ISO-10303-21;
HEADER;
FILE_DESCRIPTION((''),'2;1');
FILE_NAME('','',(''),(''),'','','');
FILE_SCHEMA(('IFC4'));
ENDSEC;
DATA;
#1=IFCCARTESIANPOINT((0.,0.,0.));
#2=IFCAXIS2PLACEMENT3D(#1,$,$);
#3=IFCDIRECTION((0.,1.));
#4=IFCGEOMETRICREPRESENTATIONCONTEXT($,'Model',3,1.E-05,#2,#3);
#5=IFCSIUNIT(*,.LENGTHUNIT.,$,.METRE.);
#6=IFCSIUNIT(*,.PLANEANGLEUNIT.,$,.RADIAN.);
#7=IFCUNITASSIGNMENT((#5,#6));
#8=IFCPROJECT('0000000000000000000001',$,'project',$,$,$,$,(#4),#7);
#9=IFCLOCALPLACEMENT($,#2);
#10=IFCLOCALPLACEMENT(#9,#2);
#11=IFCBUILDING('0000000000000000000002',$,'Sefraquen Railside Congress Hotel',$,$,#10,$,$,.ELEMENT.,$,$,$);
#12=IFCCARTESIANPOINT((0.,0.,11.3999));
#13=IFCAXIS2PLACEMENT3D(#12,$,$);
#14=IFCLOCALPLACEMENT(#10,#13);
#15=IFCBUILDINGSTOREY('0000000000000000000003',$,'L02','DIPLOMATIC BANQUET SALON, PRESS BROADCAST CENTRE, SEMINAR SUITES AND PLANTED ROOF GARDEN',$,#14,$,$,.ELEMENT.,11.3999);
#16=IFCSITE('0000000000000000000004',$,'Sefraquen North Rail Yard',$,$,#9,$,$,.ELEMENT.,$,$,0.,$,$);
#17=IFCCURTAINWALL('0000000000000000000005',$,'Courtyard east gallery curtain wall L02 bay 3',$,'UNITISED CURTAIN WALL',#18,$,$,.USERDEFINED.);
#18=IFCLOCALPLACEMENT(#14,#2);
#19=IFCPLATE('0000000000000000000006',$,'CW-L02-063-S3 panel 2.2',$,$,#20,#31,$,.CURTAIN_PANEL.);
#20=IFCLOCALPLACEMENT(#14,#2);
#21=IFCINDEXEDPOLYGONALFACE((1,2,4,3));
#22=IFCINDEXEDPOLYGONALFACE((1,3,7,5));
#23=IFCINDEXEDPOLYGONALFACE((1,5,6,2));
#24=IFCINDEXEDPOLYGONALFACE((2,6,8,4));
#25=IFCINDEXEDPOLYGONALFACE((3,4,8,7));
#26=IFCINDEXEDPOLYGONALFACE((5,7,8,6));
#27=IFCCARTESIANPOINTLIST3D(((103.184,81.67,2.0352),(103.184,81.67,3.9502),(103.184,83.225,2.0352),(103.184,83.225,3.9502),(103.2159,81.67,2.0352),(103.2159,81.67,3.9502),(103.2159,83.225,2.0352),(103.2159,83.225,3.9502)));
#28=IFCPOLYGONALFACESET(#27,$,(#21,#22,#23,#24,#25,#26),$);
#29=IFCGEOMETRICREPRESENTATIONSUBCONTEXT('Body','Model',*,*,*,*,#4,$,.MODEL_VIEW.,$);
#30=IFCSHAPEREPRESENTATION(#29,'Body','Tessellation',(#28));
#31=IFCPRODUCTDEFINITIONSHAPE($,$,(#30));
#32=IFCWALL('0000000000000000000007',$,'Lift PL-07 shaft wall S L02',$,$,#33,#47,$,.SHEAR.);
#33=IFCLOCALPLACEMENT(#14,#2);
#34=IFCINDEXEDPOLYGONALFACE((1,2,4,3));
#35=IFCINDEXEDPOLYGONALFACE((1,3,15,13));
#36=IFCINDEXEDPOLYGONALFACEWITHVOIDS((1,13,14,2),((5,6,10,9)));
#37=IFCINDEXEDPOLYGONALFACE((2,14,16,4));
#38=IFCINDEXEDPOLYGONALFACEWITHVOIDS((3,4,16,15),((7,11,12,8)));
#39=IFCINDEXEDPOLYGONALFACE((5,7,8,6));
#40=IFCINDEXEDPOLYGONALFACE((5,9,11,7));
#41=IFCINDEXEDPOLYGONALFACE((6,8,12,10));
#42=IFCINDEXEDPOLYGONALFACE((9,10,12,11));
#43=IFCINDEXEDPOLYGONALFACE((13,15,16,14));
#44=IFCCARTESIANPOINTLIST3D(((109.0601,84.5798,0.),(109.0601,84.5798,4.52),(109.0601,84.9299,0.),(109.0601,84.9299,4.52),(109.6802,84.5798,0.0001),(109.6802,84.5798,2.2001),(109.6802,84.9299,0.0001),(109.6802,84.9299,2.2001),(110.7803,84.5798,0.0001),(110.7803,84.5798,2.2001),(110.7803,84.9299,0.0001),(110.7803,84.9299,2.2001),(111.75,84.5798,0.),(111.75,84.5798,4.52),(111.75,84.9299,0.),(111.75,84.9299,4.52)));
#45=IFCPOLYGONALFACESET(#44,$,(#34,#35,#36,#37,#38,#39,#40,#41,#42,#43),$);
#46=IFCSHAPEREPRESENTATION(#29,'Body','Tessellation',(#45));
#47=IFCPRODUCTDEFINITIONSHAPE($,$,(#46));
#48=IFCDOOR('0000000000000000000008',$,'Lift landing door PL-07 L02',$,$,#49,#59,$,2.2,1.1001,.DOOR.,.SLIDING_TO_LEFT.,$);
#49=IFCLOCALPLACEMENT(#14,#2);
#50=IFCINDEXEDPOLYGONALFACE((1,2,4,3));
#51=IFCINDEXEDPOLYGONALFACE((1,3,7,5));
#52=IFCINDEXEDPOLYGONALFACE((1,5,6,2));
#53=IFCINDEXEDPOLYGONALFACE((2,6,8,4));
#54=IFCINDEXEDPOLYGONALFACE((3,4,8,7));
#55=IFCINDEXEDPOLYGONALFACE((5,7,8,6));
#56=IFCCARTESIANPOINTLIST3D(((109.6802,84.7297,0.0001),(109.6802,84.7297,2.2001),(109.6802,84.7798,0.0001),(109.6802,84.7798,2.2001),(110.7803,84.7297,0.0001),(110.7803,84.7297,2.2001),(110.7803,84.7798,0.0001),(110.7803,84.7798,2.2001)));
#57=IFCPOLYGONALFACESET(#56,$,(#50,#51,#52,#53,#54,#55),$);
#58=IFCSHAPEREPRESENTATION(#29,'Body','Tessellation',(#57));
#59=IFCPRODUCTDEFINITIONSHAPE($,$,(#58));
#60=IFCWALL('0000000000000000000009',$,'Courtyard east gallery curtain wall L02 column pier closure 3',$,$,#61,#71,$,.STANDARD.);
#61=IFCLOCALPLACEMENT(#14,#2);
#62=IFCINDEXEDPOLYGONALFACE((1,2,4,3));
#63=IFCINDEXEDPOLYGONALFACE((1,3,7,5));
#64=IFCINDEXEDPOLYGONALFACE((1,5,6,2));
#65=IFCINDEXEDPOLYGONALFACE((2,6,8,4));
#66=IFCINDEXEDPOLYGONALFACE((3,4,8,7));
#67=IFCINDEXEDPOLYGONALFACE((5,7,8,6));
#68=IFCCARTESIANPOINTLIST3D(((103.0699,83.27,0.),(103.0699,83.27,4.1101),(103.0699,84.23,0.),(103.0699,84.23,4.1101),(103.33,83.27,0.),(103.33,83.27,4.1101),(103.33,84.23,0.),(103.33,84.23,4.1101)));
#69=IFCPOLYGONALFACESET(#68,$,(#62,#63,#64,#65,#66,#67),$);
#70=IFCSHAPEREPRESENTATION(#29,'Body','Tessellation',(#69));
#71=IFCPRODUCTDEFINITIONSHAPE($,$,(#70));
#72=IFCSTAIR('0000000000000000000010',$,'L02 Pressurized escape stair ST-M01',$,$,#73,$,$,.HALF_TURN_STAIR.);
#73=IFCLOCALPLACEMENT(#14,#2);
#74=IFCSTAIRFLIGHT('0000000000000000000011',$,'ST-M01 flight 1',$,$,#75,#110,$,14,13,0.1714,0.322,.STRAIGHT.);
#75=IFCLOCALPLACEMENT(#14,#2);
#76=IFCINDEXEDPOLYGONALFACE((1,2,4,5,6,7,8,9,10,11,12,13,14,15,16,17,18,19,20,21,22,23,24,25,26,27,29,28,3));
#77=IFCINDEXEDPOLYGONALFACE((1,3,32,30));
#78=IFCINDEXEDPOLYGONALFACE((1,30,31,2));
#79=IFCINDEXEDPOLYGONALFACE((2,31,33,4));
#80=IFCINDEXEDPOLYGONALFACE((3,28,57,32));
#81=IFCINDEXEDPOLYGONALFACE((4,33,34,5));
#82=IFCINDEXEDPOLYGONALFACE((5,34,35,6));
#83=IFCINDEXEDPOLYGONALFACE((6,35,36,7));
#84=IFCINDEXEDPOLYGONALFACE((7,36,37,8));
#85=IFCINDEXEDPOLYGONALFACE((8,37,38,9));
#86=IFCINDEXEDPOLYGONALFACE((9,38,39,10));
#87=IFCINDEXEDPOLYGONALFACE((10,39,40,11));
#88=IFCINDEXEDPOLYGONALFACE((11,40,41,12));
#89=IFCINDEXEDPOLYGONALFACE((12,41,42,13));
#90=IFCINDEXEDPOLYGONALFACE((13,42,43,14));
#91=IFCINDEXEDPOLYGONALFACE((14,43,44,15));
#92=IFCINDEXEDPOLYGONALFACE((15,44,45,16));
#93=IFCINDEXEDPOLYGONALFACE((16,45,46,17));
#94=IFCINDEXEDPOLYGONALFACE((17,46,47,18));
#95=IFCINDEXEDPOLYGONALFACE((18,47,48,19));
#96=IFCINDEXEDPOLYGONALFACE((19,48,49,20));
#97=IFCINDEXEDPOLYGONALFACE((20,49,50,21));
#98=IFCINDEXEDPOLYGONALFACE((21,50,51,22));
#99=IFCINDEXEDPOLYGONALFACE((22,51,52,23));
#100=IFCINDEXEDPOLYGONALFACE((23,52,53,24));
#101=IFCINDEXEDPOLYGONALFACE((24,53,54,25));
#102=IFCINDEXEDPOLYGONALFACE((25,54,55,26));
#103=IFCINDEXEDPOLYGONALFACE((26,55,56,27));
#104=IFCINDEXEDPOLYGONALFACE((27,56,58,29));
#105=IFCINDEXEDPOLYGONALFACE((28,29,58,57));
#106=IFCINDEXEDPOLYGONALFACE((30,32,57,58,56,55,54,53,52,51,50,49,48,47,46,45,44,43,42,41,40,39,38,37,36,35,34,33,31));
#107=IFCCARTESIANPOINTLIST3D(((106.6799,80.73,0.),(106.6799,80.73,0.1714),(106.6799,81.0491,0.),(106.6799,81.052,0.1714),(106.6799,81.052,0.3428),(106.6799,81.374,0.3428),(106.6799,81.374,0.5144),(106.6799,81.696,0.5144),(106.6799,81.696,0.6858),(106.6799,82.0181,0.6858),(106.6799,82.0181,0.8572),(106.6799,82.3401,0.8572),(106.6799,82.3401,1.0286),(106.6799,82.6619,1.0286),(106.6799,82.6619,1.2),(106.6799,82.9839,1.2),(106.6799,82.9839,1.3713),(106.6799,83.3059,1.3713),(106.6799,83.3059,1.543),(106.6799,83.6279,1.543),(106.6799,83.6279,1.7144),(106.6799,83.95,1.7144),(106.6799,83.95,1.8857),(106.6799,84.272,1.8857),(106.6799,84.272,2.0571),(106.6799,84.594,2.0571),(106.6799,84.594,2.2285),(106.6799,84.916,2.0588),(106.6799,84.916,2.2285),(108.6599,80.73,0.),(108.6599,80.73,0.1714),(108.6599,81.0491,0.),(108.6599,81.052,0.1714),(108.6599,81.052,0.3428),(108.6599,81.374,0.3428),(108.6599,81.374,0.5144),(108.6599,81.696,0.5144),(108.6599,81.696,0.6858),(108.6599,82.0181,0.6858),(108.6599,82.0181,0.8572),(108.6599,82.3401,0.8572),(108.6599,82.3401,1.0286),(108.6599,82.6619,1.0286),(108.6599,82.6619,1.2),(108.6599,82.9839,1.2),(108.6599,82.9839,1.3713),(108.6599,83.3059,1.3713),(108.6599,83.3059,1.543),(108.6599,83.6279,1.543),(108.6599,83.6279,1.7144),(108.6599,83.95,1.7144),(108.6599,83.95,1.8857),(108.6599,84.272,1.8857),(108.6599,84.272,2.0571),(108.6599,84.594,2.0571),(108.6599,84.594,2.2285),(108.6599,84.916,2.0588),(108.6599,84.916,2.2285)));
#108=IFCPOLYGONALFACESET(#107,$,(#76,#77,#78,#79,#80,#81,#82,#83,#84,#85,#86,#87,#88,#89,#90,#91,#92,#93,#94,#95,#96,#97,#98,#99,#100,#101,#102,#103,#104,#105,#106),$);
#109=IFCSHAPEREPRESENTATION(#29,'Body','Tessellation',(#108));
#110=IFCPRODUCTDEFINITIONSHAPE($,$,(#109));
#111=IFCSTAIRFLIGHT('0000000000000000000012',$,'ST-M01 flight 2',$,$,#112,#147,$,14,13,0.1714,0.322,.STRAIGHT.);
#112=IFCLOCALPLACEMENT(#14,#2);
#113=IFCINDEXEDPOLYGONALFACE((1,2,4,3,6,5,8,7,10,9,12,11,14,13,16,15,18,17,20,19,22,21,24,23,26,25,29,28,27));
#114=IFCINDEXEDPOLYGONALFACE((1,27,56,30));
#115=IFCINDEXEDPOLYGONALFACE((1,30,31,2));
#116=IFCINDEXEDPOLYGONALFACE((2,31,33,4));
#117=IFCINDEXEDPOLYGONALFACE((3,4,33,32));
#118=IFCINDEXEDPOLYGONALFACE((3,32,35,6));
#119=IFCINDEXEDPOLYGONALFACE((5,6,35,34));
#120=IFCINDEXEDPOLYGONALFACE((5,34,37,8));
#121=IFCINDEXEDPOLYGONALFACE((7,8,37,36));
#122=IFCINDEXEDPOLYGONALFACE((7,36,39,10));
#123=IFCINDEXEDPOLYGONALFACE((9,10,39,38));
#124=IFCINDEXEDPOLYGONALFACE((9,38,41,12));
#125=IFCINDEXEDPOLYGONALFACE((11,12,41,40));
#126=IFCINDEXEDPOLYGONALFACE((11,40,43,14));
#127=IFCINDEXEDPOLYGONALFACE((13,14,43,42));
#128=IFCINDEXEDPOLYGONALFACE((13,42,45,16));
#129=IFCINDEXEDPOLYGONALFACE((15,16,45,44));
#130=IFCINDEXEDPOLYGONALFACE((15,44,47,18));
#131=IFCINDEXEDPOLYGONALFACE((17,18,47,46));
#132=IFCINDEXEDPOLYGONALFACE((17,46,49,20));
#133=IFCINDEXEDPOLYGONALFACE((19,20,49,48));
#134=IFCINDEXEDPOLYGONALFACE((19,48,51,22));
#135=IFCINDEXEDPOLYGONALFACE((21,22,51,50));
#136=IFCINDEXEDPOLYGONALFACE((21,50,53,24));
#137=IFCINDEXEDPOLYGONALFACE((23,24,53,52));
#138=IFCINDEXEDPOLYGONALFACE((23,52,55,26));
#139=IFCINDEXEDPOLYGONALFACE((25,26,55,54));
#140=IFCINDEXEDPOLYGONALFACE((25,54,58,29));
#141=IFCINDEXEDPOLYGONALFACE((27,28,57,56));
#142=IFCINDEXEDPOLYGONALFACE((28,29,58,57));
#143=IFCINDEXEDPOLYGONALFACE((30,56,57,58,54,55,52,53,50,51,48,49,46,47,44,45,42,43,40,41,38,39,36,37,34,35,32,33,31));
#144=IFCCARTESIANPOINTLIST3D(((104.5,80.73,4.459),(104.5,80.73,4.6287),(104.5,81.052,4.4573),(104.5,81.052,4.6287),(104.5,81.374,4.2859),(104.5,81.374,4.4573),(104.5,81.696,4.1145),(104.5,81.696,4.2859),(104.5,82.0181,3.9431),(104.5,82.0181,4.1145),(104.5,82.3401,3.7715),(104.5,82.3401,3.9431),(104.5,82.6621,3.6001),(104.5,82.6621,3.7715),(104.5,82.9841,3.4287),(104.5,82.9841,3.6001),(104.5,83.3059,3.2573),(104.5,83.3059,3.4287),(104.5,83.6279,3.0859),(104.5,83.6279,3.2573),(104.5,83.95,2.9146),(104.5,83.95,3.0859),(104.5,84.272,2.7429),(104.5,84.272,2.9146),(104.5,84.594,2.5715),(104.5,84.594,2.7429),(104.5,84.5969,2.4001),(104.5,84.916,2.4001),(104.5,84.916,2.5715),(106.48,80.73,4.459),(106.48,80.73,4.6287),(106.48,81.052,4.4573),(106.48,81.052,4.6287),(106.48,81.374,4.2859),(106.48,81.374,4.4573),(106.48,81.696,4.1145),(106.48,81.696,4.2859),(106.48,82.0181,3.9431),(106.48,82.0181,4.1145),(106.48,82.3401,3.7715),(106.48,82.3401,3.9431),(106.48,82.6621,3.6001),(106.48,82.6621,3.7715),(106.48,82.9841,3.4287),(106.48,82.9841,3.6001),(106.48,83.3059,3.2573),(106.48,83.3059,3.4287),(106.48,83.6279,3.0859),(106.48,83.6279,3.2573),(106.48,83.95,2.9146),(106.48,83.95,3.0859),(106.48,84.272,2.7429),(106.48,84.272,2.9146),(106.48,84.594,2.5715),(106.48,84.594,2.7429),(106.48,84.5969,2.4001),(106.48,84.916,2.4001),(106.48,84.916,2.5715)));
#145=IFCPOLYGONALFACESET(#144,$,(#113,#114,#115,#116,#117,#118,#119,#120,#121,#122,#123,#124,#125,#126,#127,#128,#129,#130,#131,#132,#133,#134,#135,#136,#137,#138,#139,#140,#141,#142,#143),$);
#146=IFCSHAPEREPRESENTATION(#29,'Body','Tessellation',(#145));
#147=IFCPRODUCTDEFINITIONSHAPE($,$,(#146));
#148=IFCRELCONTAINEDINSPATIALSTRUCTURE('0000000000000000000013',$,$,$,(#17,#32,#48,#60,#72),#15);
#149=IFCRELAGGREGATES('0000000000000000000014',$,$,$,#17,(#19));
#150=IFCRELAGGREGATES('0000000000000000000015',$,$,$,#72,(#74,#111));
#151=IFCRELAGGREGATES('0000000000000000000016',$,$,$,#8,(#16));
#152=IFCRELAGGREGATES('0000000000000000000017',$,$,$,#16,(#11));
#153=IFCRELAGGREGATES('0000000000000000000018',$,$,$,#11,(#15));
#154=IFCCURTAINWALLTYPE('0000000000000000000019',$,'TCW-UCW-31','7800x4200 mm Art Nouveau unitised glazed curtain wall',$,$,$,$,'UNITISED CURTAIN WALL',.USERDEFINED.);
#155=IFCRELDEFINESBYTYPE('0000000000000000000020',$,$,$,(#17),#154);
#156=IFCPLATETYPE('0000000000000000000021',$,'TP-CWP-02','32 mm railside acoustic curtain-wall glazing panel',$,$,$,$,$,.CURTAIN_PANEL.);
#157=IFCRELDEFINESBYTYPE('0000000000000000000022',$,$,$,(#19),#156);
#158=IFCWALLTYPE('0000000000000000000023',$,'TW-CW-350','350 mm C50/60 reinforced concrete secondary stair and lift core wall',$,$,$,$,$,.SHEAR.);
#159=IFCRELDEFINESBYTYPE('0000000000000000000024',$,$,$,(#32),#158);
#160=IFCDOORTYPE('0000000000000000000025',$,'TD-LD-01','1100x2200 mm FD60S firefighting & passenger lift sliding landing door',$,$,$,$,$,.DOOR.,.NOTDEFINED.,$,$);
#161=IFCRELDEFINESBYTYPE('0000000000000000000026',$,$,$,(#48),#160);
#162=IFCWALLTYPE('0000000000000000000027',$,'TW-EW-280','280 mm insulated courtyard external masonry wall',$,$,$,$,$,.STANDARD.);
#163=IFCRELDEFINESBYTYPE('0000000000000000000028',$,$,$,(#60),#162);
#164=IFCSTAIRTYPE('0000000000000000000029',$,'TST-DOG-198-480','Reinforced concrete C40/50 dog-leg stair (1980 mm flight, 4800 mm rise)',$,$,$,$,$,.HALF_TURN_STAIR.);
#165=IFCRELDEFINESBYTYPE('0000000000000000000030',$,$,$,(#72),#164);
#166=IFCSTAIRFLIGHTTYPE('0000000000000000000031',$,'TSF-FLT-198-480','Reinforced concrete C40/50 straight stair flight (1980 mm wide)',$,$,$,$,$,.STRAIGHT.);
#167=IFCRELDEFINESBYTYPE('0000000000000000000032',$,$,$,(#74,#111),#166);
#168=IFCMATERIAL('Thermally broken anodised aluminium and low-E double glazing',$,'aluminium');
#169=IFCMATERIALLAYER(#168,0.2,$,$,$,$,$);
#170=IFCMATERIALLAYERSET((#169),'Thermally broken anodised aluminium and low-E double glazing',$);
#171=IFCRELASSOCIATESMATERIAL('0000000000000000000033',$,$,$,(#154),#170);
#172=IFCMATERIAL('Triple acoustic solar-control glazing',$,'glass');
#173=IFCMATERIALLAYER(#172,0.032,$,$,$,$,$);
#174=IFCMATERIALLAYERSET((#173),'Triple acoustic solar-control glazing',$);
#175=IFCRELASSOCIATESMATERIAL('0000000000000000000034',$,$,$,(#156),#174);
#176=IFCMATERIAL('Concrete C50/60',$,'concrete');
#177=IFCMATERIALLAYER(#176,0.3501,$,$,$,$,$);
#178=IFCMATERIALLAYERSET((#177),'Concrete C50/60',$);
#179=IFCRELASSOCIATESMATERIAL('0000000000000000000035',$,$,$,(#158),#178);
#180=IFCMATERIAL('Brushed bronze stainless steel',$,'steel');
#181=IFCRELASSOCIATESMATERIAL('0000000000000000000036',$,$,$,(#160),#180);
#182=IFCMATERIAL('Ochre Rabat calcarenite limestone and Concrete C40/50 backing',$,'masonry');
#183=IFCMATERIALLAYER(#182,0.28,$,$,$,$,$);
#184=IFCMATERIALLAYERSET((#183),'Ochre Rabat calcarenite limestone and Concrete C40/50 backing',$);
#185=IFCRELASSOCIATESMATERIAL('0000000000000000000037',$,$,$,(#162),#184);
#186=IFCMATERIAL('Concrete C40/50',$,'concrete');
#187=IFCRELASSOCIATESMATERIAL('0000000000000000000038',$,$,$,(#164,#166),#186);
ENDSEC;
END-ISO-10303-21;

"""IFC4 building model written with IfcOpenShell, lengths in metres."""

from ifc_helpers import new_model, si_unit, direction, frame, frame_2d, origin, origin_2d, place, context, subcontext, project, spatial, polyline, rectangle, outline, extrude, material, layer, layer_set, type_object, element, fill, aggregate, save


model = new_model("IFC4")

# Units and contexts
model_context = context("Model", 3, precision=1e-05, world=origin(), true_north=direction((0.0, 1.0)))
body_context = subcontext(model_context, "Body", "Model", "MODEL_VIEW")
ifc_project = project(units=[si_unit("LENGTHUNIT", "METRE"), si_unit("PLANEANGLEUNIT", "RADIAN")], contexts=[model_context])

# Site, building, storey
site_placement = place(None, origin())
site = spatial("IfcSite", under=ifc_project, at=site_placement, Name="Sefraquen North Rail Yard", CompositionType="ELEMENT", RefElevation=0.0)
building_placement = place(site_placement, origin())
building = spatial("IfcBuilding", under=site, at=building_placement, Name="Sefraquen Railside Congress Hotel", CompositionType="ELEMENT")
storey_placement = place(building_placement, frame((0.0, 0.0, 11.3999)))
storey = spatial("IfcBuildingStorey", under=building, at=storey_placement, Name="L02", Description="DIPLOMATIC BANQUET SALON, PRESS BROADCAST CENTRE, SEMINAR SUITES AND PLANTED ROOF GARDEN", CompositionType="ELEMENT", Elevation=11.3999)

# Shared definitions
ifc_material_1 = material(Name="Concrete C50/60", Category="concrete")

# Curtain wall
ifc_material_2 = material(Name="Thermally broken anodised aluminium and low-E double glazing", Category="aluminium")
ifc_layer_1 = layer(ifc_material_2, 0.2)
ifc_layer_set_1 = layer_set([ifc_layer_1], Name="Thermally broken anodised aluminium and low-E double glazing")
curtain_wall_type = type_object("IfcCurtainWallType", Name="TCW-UCW-31", Description="7800x4200 mm Art Nouveau unitised glazed curtain wall", ElementType="UNITISED CURTAIN WALL", PredefinedType="USERDEFINED", material=ifc_layer_set_1)
curtain_wall_1_placement = place(storey_placement, origin())
curtain_wall_1 = element("IfcCurtainWall", 1, at=curtain_wall_1_placement, inside=storey, type_object=curtain_wall_type, Name="Courtyard east gallery curtain wall L02 bay 3", ObjectType="UNITISED CURTAIN WALL", PredefinedType="USERDEFINED")

# Plate
ifc_material_3 = material(Name="Triple acoustic solar-control glazing", Category="glass")
ifc_layer_2 = layer(ifc_material_3, 0.032)
ifc_layer_set_2 = layer_set([ifc_layer_2], Name="Triple acoustic solar-control glazing")
plate_type_1 = type_object("IfcPlateType", Name="TP-CWP-02", Description="32 mm railside acoustic curtain-wall glazing panel", PredefinedType="CURTAIN_PANEL", material=ifc_layer_set_2)
plate_1_placement = place(storey_placement, frame((103.2, 82.4475, 2.0352), z_axis=(0.0, 0.0, 1.0), x_axis=(0.0, 1.0, 0.0)))
plate_1 = element("IfcPlate", 2, at=plate_1_placement, type_object=plate_type_1, Name="CW-L02-063-S3 panel 2.2", PredefinedType="CURTAIN_PANEL", context=body_context, shape_type="SweptSolid", body=[
    extrude(rectangle(XDim=1.5549, YDim=0.032, at=origin_2d()), origin(), (0.0, 0.0, 1.0), 1.915),
])
aggregate(curtain_wall_1, [plate_1])

# Wall, opening, door
ifc_layer_3 = layer(ifc_material_1, 0.3501)
ifc_layer_set_3 = layer_set([ifc_layer_3], Name="Concrete C50/60")
wall_type_1 = type_object("IfcWallType", Name="TW-CW-350", Description="350 mm C50/60 reinforced concrete secondary stair and lift core wall", PredefinedType="SHEAR", material=ifc_layer_set_3)
wall_1_placement = place(storey_placement, frame((109.0601, 84.7549, 0.0), z_axis=(0.0, 0.0, 1.0), x_axis=(1.0, 0.0, 0.0)))
wall_1 = element("IfcWall", 3, at=wall_1_placement, inside=storey, type_object=wall_type_1, Name="Lift PL-07 shaft wall S L02", PredefinedType="SHEAR", context=body_context, shape_type="SweptSolid", body=[
    extrude(rectangle(XDim=2.6899, YDim=0.3501, at=frame_2d((1.345, 0.0))), origin(), (0.0, 0.0, 1.0), 4.52),
])
opening_placement = place(wall_1_placement, frame((0.6201, 0.0, 0.0)))
opening = element("IfcOpeningElement", 4, at=opening_placement, cuts=wall_1, PredefinedType="OPENING", context=body_context, shape_type="SweptSolid", body=[
    extrude(rectangle(XDim=1.1001, YDim=2.2, at=frame_2d((0.55, 1.1001))), frame((0.0, 0.1851, 0.0), z_axis=(0.0, -1.0, 0.0), x_axis=(1.0, 0.0, 0.0)), (0.0, 0.0, 1.0), 0.3701),
])
ifc_material_4 = material(Name="Brushed bronze stainless steel", Category="steel")
door_type = type_object("IfcDoorType", Name="TD-LD-01", Description="1100x2200 mm FD60S firefighting & passenger lift sliding landing door", OperationType="NOTDEFINED", PredefinedType="DOOR", material=ifc_material_4)
door_placement = place(opening_placement, origin())
door = element("IfcDoor", 5, at=door_placement, inside=storey, type_object=door_type, Name="Lift landing door PL-07 L02", OperationType="SLIDING_TO_LEFT", OverallHeight=2.2, OverallWidth=1.1001, PredefinedType="DOOR", context=body_context, shape_type="SweptSolid", body=[
    extrude(rectangle(XDim=1.1001, YDim=2.2, at=frame_2d((0.55, 1.1001))), frame((0.0, 0.0249, 0.0), z_axis=(0.0, -1.0, 0.0), x_axis=(1.0, 0.0, 0.0)), (0.0, 0.0, 1.0), 0.05),
])
fill(opening, door)

# Wall
ifc_material_5 = material(Name="Ochre Rabat calcarenite limestone and Concrete C40/50 backing", Category="masonry")
ifc_layer_4 = layer(ifc_material_5, 0.28)
ifc_layer_set_4 = layer_set([ifc_layer_4], Name="Ochre Rabat calcarenite limestone and Concrete C40/50 backing")
wall_type_2 = type_object("IfcWallType", Name="TW-EW-280", Description="280 mm insulated courtyard external masonry wall", PredefinedType="STANDARD", material=ifc_layer_set_4)
wall_2_placement = place(storey_placement, frame((103.2, 83.27, 0.0), z_axis=(0.0, 0.0, 1.0), x_axis=(0.0, 1.0, 0.0)))
element("IfcWall", 6, at=wall_2_placement, inside=storey, type_object=wall_type_2, Name="Courtyard east gallery curtain wall L02 column pier closure 3", PredefinedType="STANDARD", context=body_context, shape_type="SweptSolid", body=[
    extrude(rectangle(XDim=0.96, YDim=0.26, at=frame_2d((0.48, 0.0))), origin(), (0.0, 0.0, 1.0), 4.1101),
])

# Stair, stair flights
ifc_material_6 = material(Name="Concrete C40/50", Category="concrete")
stair_type = type_object("IfcStairType", Name="TST-DOG-198-480", Description="Reinforced concrete C40/50 dog-leg stair (1980 mm flight, 4800 mm rise)", PredefinedType="HALF_TURN_STAIR", material=ifc_material_6)
stair_placement = place(storey_placement, origin())
stair = element("IfcStair", 7, at=stair_placement, inside=storey, type_object=stair_type, Name="L02 Pressurized escape stair ST-M01", PredefinedType="HALF_TURN_STAIR")
stair_flight_type = type_object("IfcStairFlightType", Name="TSF-FLT-198-480", Description="Reinforced concrete C40/50 straight stair flight (1980 mm wide)", PredefinedType="STRAIGHT", material=ifc_material_6)
stair_flight_1_placement = place(storey_placement, frame((107.6699, 80.73, 0.0), z_axis=(0.0, 0.0, 1.0), x_axis=(0.0, 1.0, 0.0)))
stair_flight_1 = element("IfcStairFlight", 8, at=stair_flight_1_placement, type_object=stair_flight_type, Name="ST-M01 flight 1", NumberOfRisers=14, NumberOfTreads=13, PredefinedType="STRAIGHT", RiserHeight=0.1714, TreadLength=0.322, context=body_context, shape_type="SweptSolid", body=[
    extrude(outline(polyline([(0.0, 0.0), (0.0, 0.1714), (0.322, 0.1714), (0.322, 0.3428), (0.644, 0.3428), (0.644, 0.5144), (0.9661, 0.5144), (0.9661, 0.6858), (1.2881, 0.6858), (1.2881, 0.8572), (1.6101, 0.8572), (1.6101, 1.0286), (1.9319, 1.0286), (1.9319, 1.2), (2.2539, 1.2), (2.2539, 1.3713), (2.5759, 1.3713), (2.5759, 1.543), (2.8979, 1.543), (2.8979, 1.7144), (3.22, 1.7144), (3.22, 1.8857), (3.542, 1.8857), (3.542, 2.0571), (3.864, 2.0571), (3.864, 2.2285), (4.186, 2.2285), (4.186, 2.3999), (4.186, 2.0588), (0.3191, 0.0), (0.0, 0.0)])), frame((0.0, 0.99, 0.0), z_axis=(0.0, -1.0, 0.0), x_axis=(1.0, 0.0, 0.0)), (0.0, 0.0, 1.0), 1.98),
])
stair_flight_2_placement = place(storey_placement, frame((105.49, 84.916, 2.4001), z_axis=(0.0, 0.0, 1.0), x_axis=(0.0, -1.0, 0.0)))
stair_flight_2 = element("IfcStairFlight", 9, at=stair_flight_2_placement, type_object=stair_flight_type, Name="ST-M01 flight 2", NumberOfRisers=14, NumberOfTreads=13, PredefinedType="STRAIGHT", RiserHeight=0.1714, TreadLength=0.322, context=body_context, shape_type="SweptSolid", body=[
    extrude(outline(polyline([(0.0, 0.0), (0.0, 0.1714), (0.322, 0.1714), (0.322, 0.3428), (0.644, 0.3428), (0.644, 0.5144), (0.9661, 0.5144), (0.9661, 0.6858), (1.2881, 0.6858), (1.2881, 0.8572), (1.6101, 0.8572), (1.6101, 1.0286), (1.9319, 1.0286), (1.9319, 1.2), (2.2539, 1.2), (2.2539, 1.3713), (2.5759, 1.3713), (2.5759, 1.543), (2.8979, 1.543), (2.8979, 1.7144), (3.22, 1.7144), (3.22, 1.8857), (3.542, 1.8857), (3.542, 2.0571), (3.864, 2.0571), (3.864, 2.2285), (4.186, 2.2285), (4.186, 2.3999), (4.186, 2.0588), (0.3191, 0.0), (0.0, 0.0)])), frame((0.0, 0.99, 0.0), z_axis=(0.0, -1.0, 0.0), x_axis=(1.0, 0.0, 0.0)), (0.0, 0.0, 1.0), 1.98),
])
aggregate(stair, [stair_flight_1, stair_flight_2])

save(model, "model.ifc")
